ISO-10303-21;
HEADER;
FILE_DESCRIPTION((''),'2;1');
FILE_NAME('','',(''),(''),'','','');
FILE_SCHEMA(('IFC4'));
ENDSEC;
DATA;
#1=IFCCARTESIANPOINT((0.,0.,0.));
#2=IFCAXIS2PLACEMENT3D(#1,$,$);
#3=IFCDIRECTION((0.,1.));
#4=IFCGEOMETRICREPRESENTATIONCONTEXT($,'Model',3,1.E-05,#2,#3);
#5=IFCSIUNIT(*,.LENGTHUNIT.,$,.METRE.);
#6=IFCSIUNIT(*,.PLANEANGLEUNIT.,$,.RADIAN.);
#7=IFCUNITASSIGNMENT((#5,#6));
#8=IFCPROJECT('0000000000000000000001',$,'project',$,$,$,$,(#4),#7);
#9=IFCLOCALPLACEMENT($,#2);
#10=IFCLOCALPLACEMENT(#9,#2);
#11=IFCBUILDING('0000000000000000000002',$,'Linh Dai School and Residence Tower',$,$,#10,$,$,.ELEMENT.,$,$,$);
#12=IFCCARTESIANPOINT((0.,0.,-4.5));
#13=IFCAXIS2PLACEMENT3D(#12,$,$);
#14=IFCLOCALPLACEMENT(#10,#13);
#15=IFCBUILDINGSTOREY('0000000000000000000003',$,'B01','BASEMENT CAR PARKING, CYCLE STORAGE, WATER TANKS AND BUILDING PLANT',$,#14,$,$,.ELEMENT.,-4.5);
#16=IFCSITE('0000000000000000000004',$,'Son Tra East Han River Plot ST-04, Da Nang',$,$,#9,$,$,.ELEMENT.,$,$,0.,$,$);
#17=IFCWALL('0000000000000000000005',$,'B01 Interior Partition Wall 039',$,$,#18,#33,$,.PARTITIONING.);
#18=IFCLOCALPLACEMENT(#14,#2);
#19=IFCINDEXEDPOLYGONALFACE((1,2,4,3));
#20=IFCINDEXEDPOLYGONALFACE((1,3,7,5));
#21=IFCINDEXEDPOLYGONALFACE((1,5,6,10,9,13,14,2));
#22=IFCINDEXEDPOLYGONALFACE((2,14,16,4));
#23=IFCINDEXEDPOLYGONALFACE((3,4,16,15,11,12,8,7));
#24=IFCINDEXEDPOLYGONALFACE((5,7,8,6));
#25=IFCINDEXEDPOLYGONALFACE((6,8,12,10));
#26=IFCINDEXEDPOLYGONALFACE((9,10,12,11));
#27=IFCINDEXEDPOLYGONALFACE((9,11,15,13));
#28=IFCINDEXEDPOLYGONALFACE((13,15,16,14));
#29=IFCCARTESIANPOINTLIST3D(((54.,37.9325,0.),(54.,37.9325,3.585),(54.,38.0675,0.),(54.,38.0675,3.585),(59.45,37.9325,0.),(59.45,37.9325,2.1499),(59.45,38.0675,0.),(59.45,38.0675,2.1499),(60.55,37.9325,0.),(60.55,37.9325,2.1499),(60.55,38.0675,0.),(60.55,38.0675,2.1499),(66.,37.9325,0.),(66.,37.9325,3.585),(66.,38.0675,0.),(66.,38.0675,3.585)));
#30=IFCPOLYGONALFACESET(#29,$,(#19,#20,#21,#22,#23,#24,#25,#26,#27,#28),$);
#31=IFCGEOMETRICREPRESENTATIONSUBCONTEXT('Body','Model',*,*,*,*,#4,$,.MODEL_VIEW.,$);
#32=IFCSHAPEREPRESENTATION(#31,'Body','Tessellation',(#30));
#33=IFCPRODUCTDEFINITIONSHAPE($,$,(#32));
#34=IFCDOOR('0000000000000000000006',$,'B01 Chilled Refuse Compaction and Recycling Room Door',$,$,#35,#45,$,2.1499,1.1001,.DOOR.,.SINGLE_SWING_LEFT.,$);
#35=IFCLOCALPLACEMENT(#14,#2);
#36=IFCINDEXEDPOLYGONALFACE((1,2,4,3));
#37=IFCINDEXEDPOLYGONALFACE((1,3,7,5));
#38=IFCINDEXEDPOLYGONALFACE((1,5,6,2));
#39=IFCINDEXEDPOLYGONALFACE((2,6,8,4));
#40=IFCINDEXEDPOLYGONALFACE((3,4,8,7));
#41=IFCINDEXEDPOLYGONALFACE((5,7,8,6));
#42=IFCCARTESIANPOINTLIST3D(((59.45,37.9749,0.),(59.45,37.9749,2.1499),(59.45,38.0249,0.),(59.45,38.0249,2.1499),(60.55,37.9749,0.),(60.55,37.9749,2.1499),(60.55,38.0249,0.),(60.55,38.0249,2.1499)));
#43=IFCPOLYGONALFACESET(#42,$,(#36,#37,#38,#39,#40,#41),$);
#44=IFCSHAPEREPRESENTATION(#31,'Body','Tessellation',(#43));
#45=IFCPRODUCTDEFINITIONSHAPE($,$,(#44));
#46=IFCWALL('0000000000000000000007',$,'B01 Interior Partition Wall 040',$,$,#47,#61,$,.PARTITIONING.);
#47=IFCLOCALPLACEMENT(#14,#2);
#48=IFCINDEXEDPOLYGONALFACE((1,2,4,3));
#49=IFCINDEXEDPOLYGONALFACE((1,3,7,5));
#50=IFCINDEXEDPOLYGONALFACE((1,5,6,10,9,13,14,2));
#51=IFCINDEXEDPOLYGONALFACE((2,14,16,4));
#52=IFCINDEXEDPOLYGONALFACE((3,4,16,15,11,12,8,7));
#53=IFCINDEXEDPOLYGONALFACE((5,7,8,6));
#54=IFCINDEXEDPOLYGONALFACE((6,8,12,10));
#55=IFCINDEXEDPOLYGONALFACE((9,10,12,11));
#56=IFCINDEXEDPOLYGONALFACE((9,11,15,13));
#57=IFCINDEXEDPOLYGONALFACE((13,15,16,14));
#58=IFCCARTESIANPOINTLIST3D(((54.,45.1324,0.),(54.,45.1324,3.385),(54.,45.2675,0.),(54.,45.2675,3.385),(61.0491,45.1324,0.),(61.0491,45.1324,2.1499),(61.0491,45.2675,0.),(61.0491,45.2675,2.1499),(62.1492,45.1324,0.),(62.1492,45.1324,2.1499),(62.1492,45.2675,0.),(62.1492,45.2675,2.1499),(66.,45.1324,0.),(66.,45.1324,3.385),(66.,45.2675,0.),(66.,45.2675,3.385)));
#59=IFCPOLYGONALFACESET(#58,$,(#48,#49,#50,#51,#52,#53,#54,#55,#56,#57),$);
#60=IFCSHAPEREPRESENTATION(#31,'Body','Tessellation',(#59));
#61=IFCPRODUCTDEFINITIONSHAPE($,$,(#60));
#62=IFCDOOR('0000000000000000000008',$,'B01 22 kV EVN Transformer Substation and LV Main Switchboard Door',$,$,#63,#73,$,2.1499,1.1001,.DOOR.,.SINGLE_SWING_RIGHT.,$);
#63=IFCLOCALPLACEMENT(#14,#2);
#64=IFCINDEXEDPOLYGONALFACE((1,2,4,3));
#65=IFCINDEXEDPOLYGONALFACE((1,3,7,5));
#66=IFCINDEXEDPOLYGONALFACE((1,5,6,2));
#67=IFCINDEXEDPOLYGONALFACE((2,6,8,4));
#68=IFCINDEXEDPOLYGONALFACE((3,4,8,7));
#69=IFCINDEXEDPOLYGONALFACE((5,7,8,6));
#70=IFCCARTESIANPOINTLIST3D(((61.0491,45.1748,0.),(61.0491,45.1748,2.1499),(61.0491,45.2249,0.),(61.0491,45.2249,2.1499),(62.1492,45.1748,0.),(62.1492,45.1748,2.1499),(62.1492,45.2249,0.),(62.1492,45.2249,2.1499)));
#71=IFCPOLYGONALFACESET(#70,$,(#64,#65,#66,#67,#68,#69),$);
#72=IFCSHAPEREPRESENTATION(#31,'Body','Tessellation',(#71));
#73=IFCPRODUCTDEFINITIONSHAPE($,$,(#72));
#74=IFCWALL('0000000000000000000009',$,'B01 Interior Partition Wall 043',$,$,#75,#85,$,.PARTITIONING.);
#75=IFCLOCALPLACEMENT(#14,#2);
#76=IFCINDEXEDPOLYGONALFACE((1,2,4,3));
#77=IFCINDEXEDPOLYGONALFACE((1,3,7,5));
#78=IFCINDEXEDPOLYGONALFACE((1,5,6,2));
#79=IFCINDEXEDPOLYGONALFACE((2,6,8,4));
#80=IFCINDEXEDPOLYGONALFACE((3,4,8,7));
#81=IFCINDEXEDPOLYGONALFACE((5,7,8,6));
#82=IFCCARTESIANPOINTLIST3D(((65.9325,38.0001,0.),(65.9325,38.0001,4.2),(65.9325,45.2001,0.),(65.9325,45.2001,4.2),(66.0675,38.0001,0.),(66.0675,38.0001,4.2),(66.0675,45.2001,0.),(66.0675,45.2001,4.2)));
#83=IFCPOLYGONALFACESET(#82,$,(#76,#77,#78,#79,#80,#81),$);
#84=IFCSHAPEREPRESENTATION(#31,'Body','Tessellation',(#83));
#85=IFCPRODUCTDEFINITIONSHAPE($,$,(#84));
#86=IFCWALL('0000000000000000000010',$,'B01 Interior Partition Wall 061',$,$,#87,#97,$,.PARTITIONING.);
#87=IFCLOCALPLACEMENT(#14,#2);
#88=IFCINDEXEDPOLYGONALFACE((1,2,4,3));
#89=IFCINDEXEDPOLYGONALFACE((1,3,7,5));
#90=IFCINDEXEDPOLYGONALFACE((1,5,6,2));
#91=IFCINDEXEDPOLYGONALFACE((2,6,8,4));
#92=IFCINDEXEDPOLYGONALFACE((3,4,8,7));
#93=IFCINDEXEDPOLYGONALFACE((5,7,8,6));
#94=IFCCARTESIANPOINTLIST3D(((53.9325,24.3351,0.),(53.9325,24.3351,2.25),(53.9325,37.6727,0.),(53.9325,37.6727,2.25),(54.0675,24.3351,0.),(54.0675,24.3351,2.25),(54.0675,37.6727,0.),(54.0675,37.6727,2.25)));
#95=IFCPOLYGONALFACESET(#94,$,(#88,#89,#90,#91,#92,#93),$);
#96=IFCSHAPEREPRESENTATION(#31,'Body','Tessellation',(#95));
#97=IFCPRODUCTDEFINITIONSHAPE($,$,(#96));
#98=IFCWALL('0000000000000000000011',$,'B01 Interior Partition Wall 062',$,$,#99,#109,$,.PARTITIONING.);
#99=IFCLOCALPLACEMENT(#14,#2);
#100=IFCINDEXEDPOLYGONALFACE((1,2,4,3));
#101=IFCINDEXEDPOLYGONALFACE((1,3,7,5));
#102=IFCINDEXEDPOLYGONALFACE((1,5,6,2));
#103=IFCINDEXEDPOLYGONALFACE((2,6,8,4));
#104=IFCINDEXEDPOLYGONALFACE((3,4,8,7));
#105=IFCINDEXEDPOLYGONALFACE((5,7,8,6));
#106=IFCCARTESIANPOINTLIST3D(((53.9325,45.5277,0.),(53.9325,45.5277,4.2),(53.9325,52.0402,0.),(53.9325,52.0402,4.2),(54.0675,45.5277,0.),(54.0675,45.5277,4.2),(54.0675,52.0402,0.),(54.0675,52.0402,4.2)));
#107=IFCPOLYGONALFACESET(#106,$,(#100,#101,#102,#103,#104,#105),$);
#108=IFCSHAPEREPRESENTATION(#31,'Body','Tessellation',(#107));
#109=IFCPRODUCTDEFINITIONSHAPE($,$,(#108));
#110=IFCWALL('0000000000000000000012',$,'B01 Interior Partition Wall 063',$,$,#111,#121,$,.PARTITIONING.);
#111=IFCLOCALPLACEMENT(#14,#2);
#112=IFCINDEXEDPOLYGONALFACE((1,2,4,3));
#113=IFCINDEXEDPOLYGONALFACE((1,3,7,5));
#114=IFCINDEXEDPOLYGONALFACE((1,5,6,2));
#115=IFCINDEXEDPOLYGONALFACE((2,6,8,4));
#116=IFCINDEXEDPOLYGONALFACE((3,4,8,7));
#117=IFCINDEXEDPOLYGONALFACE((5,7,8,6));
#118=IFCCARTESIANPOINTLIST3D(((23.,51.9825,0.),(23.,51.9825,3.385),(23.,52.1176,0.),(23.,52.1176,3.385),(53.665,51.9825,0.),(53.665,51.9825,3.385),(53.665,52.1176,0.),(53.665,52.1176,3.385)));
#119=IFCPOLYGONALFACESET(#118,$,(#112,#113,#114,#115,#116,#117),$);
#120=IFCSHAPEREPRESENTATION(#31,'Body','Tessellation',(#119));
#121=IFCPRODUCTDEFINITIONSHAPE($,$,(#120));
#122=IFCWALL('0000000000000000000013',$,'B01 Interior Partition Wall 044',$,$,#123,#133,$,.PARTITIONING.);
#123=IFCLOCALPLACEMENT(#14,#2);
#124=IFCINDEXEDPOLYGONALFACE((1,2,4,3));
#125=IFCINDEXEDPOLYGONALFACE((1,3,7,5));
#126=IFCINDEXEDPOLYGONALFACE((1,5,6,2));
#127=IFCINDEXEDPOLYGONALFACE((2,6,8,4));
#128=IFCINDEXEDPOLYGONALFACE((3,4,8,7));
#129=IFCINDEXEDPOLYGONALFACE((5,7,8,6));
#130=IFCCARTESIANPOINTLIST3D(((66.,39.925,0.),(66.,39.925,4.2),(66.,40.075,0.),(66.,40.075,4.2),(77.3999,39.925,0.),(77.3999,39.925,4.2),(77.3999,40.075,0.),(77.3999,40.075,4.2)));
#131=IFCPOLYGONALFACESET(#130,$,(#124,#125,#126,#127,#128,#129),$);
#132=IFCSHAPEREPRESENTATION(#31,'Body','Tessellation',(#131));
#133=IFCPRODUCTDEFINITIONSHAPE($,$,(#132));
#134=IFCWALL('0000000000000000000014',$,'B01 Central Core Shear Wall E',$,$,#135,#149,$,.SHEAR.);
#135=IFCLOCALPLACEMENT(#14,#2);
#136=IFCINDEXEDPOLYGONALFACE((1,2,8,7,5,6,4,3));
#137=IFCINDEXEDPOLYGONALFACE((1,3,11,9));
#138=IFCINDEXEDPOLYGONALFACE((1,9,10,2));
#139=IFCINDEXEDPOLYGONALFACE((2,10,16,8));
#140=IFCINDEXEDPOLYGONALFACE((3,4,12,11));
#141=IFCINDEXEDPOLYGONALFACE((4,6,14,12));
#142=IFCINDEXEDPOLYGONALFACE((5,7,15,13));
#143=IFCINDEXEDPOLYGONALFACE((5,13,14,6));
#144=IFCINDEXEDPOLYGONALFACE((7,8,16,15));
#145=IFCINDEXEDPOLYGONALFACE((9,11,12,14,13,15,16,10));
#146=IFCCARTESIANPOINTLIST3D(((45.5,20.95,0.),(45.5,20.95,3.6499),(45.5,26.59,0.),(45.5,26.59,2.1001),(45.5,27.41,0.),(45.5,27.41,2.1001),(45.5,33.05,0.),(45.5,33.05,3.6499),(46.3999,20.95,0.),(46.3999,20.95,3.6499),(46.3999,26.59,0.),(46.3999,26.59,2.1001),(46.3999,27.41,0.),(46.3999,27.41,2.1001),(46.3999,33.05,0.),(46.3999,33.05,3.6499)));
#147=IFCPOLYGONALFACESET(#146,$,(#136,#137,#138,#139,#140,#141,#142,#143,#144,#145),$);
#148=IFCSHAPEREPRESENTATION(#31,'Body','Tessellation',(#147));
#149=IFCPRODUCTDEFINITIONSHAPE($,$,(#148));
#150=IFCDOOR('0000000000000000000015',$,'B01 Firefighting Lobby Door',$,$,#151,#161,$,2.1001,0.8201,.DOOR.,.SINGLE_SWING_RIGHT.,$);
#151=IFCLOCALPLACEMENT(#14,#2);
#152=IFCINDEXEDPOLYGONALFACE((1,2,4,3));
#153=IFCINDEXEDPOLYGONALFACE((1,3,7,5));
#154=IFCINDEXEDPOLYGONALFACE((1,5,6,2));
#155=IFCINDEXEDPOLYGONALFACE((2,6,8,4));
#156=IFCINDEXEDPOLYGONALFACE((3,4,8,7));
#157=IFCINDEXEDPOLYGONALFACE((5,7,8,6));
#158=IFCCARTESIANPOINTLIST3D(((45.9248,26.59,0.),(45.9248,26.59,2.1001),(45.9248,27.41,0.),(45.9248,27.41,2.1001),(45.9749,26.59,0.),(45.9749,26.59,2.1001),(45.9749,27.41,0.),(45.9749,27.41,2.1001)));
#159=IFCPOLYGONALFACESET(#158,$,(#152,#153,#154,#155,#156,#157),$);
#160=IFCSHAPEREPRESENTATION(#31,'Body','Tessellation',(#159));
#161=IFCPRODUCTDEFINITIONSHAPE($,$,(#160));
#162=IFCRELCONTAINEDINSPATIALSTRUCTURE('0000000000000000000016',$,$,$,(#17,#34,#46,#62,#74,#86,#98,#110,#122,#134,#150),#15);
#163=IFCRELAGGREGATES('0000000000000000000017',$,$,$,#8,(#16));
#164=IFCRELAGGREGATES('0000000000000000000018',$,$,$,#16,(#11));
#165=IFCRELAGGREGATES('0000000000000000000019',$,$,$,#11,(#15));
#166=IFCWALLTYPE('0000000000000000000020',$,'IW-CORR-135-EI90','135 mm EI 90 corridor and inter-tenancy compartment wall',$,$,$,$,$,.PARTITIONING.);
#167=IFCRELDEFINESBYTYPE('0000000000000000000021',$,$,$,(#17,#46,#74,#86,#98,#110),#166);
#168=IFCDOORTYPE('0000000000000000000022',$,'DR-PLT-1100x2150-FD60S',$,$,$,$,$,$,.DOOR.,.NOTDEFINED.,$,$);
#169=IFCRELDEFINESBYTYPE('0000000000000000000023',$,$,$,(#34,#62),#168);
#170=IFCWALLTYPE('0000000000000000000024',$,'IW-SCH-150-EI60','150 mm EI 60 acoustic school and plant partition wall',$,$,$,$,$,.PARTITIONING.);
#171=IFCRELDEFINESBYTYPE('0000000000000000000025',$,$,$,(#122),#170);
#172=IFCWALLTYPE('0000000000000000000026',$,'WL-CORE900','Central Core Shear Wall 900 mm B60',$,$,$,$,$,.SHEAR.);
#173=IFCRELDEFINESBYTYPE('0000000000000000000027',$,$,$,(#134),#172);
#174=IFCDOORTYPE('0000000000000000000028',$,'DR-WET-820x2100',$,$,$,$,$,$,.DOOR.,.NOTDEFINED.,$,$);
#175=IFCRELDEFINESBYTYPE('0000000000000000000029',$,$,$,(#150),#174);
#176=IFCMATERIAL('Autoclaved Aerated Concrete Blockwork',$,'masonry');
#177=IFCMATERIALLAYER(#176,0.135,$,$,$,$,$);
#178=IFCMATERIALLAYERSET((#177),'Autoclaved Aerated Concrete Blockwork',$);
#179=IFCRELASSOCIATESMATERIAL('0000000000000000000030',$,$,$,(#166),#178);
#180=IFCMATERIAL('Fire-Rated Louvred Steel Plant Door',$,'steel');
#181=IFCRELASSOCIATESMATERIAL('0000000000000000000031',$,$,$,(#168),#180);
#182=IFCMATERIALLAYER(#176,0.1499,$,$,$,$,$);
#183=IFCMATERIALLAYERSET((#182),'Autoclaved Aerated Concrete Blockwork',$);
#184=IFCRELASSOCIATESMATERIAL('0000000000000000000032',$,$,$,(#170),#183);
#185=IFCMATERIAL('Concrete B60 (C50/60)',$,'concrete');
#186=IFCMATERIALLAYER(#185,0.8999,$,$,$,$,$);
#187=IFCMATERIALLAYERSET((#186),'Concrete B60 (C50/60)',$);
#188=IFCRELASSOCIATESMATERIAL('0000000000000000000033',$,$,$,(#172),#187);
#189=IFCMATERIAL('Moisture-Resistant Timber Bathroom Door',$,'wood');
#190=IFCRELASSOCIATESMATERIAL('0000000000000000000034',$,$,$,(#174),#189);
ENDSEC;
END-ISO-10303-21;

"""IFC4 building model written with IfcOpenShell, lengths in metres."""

from ifc_helpers import new_model, si_unit, direction, frame, frame_2d, origin, origin_2d, place, context, subcontext, project, spatial, rectangle, extrude, source, transform, mapped, material, layer, layer_set, type_object, element, fill, save


model = new_model("IFC4")

# Units and contexts
model_context = context("Model", 3, precision=1e-05, world=origin(), true_north=direction((0.0, 1.0)))
body_context = subcontext(model_context, "Body", "Model", "MODEL_VIEW")
ifc_project = project(units=[si_unit("LENGTHUNIT", "METRE"), si_unit("PLANEANGLEUNIT", "RADIAN")], contexts=[model_context])

# Site, building, storey
site_placement = place(None, origin())
site = spatial("IfcSite", under=ifc_project, at=site_placement, Name="Son Tra East Han River Plot ST-04, Da Nang", CompositionType="ELEMENT", RefElevation=0.0)
building_placement = place(site_placement, origin())
building = spatial("IfcBuilding", under=site, at=building_placement, Name="Linh Dai School and Residence Tower", CompositionType="ELEMENT")
storey_placement = place(building_placement, frame((0.0, 0.0, -4.5)))
storey = spatial("IfcBuildingStorey", under=building, at=storey_placement, Name="B01", Description="BASEMENT CAR PARKING, CYCLE STORAGE, WATER TANKS AND BUILDING PLANT", CompositionType="ELEMENT", Elevation=-4.5)

# Shared definitions
ifc_material_1 = material(Name="Concrete B60 (C50/60)", Category="concrete")

# Walls, openings, doors
ifc_material_2 = material(Name="Autoclaved Aerated Concrete Blockwork", Category="masonry")
ifc_layer_1 = layer(ifc_material_2, 0.135)
ifc_layer_set_1 = layer_set([ifc_layer_1], Name="Autoclaved Aerated Concrete Blockwork")
wall_type_1 = type_object("IfcWallType", Name="IW-CORR-135-EI90", Description="135 mm EI 90 corridor and inter-tenancy compartment wall", PredefinedType="PARTITIONING", material=ifc_layer_set_1)
wall_1_placement = place(storey_placement, frame((54.0, 38.0, 0.0), z_axis=(0.0, 0.0, 1.0), x_axis=(1.0, 0.0, 0.0)))
wall_1 = element("IfcWall", 1, at=wall_1_placement, inside=storey, type_object=wall_type_1, Name="B01 Interior Partition Wall 039", PredefinedType="PARTITIONING", context=body_context, shape_type="SweptSolid", body=[
    extrude(rectangle(XDim=12.0, YDim=0.135, at=frame_2d((6.0, 0.0))), origin(), (0.0, 0.0, 1.0), 3.585),
])
opening_1_placement = place(wall_1_placement, frame((5.45, 0.0, 0.0)))
opening_1 = element("IfcOpeningElement", 2, at=opening_1_placement, cuts=wall_1, PredefinedType="OPENING", context=body_context, shape_type="SweptSolid", body=[
    extrude(rectangle(XDim=1.1001, YDim=2.1499, at=origin_2d()), frame((0.55, 0.0776, 1.075), z_axis=(0.0, -1.0, 0.0), x_axis=(1.0, 0.0, 0.0)), (0.0, 0.0, 1.0), 0.155),
])
ifc_material_3 = material(Name="Fire-Rated Louvred Steel Plant Door", Category="steel")
door_type_1 = type_object("IfcDoorType", Name="DR-PLT-1100x2150-FD60S", OperationType="NOTDEFINED", PredefinedType="DOOR", material=ifc_material_3)
shared_shape_1 = source(origin(), body_context, "Body", "SweptSolid", [
    extrude(rectangle(XDim=1.1001, YDim=2.1499, at=origin_2d()), frame((0.55, 0.0249, 1.075), z_axis=(0.0, -1.0, 0.0), x_axis=(1.0, 0.0, 0.0)), (0.0, 0.0, 1.0), 0.05),
])
door_1_placement = place(opening_1_placement, origin())
door_1 = element("IfcDoor", 3, at=door_1_placement, inside=storey, type_object=door_type_1, Name="B01 Chilled Refuse Compaction and Recycling Room Door", OperationType="SINGLE_SWING_LEFT", OverallHeight=2.1499, OverallWidth=1.1001, PredefinedType="DOOR", context=body_context, shape_type="MappedRepresentation", body=[
    mapped(shared_shape_1, transform((0.0, 0.0, 0.0), x_axis=(1.0, 0.0, 0.0), y_axis=(0.0, 1.0, 0.0), z_axis=(0.0, 0.0, 1.0), scale=1.0)),
])
fill(opening_1, door_1)
wall_2_placement = place(storey_placement, frame((54.0, 45.2, 0.0), z_axis=(0.0, 0.0, 1.0), x_axis=(1.0, 0.0, 0.0)))
wall_2 = element("IfcWall", 4, at=wall_2_placement, inside=storey, type_object=wall_type_1, Name="B01 Interior Partition Wall 040", PredefinedType="PARTITIONING", context=body_context, shape_type="SweptSolid", body=[
    extrude(rectangle(XDim=12.0, YDim=0.135, at=frame_2d((6.0, 0.0))), origin(), (0.0, 0.0, 1.0), 3.385),
])
opening_2_placement = place(wall_2_placement, frame((7.0491, 0.0, 0.0)))
opening_2 = element("IfcOpeningElement", 5, at=opening_2_placement, cuts=wall_2, PredefinedType="OPENING", context=body_context, shape_type="SweptSolid", body=[
    extrude(rectangle(XDim=1.1001, YDim=2.1499, at=origin_2d()), frame((0.55, 0.0776, 1.075), z_axis=(0.0, -1.0, 0.0), x_axis=(1.0, 0.0, 0.0)), (0.0, 0.0, 1.0), 0.155),
])
door_2_placement = place(opening_2_placement, origin())
door_2 = element("IfcDoor", 6, at=door_2_placement, inside=storey, type_object=door_type_1, Name="B01 22 kV EVN Transformer Substation and LV Main Switchboard Door", OperationType="SINGLE_SWING_RIGHT", OverallHeight=2.1499, OverallWidth=1.1001, PredefinedType="DOOR", context=body_context, shape_type="MappedRepresentation", body=[
    mapped(shared_shape_1, transform((0.0, 0.0, 0.0), x_axis=(1.0, 0.0, 0.0), y_axis=(0.0, 1.0, 0.0), z_axis=(0.0, 0.0, 1.0), scale=1.0)),
])
fill(opening_2, door_2)

# Walls
wall_3_placement = place(storey_placement, frame((66.0, 38.0, 0.0), z_axis=(0.0, 0.0, 1.0), x_axis=(0.0, 1.0, 0.0)))
element("IfcWall", 7, at=wall_3_placement, inside=storey, type_object=wall_type_1, Name="B01 Interior Partition Wall 043", PredefinedType="PARTITIONING", context=body_context, shape_type="SweptSolid", body=[
    extrude(rectangle(XDim=7.2, YDim=0.135, at=frame_2d((3.6001, 0.0))), origin(), (0.0, 0.0, 1.0), 4.2),
])
wall_4_placement = place(storey_placement, frame((54.0, 24.335, 0.0), z_axis=(0.0, 0.0, 1.0), x_axis=(0.0, 1.0, 0.0)))
element("IfcWall", 8, at=wall_4_placement, inside=storey, type_object=wall_type_1, Name="B01 Interior Partition Wall 061", PredefinedType="PARTITIONING", context=body_context, shape_type="SweptSolid", body=[
    extrude(rectangle(XDim=13.3376, YDim=0.135, at=frame_2d((6.6689, 0.0))), origin(), (0.0, 0.0, 1.0), 2.25),
])
wall_5_placement = place(storey_placement, frame((54.0, 45.5276, 0.0), z_axis=(0.0, 0.0, 1.0), x_axis=(0.0, 1.0, 0.0)))
element("IfcWall", 9, at=wall_5_placement, inside=storey, type_object=wall_type_1, Name="B01 Interior Partition Wall 062", PredefinedType="PARTITIONING", context=body_context, shape_type="SweptSolid", body=[
    extrude(rectangle(XDim=6.5125, YDim=0.135, at=frame_2d((3.2563, 0.0))), origin(), (0.0, 0.0, 1.0), 4.2),
])
wall_6_placement = place(storey_placement, frame((53.665, 52.05, 0.0), z_axis=(0.0, 0.0, 1.0), x_axis=(-1.0, 0.0, 0.0)))
element("IfcWall", 10, at=wall_6_placement, inside=storey, type_object=wall_type_1, Name="B01 Interior Partition Wall 063", PredefinedType="PARTITIONING", context=body_context, shape_type="SweptSolid", body=[
    extrude(rectangle(XDim=30.665, YDim=0.135, at=frame_2d((15.3325, 0.0))), origin(), (0.0, 0.0, 1.0), 3.385),
])

# Shared definitions
ifc_layer_2 = layer(ifc_material_2, 0.1499)
ifc_layer_set_2 = layer_set([ifc_layer_2], Name="Autoclaved Aerated Concrete Blockwork")
wall_type_2 = type_object("IfcWallType", Name="IW-SCH-150-EI60", Description="150 mm EI 60 acoustic school and plant partition wall", PredefinedType="PARTITIONING", material=ifc_layer_set_2)

# Wall
wall_7_placement = place(storey_placement, frame((66.0, 40.0, 0.0), z_axis=(0.0, 0.0, 1.0), x_axis=(1.0, 0.0, 0.0)))
element("IfcWall", 11, at=wall_7_placement, inside=storey, type_object=wall_type_2, Name="B01 Interior Partition Wall 044", PredefinedType="PARTITIONING", context=body_context, shape_type="SweptSolid", body=[
    extrude(rectangle(XDim=11.3999, YDim=0.1499, at=frame_2d((5.7, 0.0))), origin(), (0.0, 0.0, 1.0), 4.2),
])

# Wall, opening, door
ifc_layer_3 = layer(ifc_material_1, 0.8999)
ifc_layer_set_3 = layer_set([ifc_layer_3], Name="Concrete B60 (C50/60)")
wall_type_3 = type_object("IfcWallType", Name="WL-CORE900", Description="Central Core Shear Wall 900 mm B60", PredefinedType="SHEAR", material=ifc_layer_set_3)
wall_8_placement = place(storey_placement, frame((45.95, 33.05, 0.0), z_axis=(0.0, 0.0, 1.0), x_axis=(0.0, -1.0, 0.0)))
wall_8 = element("IfcWall", 12, at=wall_8_placement, inside=storey, type_object=wall_type_3, Name="B01 Central Core Shear Wall E", PredefinedType="SHEAR", context=body_context, shape_type="SweptSolid", body=[
    extrude(rectangle(XDim=12.1001, YDim=0.8999, at=frame_2d((6.05, 0.0))), origin(), (0.0, 0.0, 1.0), 3.6499),
])
opening_3_placement = place(wall_8_placement, frame((5.6399, 0.0, 0.0)))
opening_3 = element("IfcOpeningElement", 13, at=opening_3_placement, cuts=wall_8, PredefinedType="OPENING", context=body_context, shape_type="SweptSolid", body=[
    extrude(rectangle(XDim=0.8201, YDim=2.1001, at=origin_2d()), frame((0.4102, 0.46, 1.05), z_axis=(0.0, -1.0, 0.0), x_axis=(1.0, 0.0, 0.0)), (0.0, 0.0, 1.0), 0.9199),
])
ifc_material_4 = material(Name="Moisture-Resistant Timber Bathroom Door", Category="wood")
door_type_2 = type_object("IfcDoorType", Name="DR-WET-820x2100", OperationType="NOTDEFINED", PredefinedType="DOOR", material=ifc_material_4)
shared_shape_2 = source(origin(), body_context, "Body", "SweptSolid", [
    extrude(rectangle(XDim=0.8201, YDim=2.1001, at=origin_2d()), frame((0.4102, 0.0249, 1.05), z_axis=(0.0, -1.0, 0.0), x_axis=(1.0, 0.0, 0.0)), (0.0, 0.0, 1.0), 0.05),
])
door_3_placement = place(opening_3_placement, origin())
door_3 = element("IfcDoor", 14, at=door_3_placement, inside=storey, type_object=door_type_2, Name="B01 Firefighting Lobby Door", OperationType="SINGLE_SWING_RIGHT", OverallHeight=2.1001, OverallWidth=0.8201, PredefinedType="DOOR", context=body_context, shape_type="MappedRepresentation", body=[
    mapped(shared_shape_2, transform((0.0, 0.0, 0.0), x_axis=(1.0, 0.0, 0.0), y_axis=(0.0, 1.0, 0.0), z_axis=(0.0, 0.0, 1.0), scale=1.0)),
])
fill(opening_3, door_3)

save(model, "model.ifc")
